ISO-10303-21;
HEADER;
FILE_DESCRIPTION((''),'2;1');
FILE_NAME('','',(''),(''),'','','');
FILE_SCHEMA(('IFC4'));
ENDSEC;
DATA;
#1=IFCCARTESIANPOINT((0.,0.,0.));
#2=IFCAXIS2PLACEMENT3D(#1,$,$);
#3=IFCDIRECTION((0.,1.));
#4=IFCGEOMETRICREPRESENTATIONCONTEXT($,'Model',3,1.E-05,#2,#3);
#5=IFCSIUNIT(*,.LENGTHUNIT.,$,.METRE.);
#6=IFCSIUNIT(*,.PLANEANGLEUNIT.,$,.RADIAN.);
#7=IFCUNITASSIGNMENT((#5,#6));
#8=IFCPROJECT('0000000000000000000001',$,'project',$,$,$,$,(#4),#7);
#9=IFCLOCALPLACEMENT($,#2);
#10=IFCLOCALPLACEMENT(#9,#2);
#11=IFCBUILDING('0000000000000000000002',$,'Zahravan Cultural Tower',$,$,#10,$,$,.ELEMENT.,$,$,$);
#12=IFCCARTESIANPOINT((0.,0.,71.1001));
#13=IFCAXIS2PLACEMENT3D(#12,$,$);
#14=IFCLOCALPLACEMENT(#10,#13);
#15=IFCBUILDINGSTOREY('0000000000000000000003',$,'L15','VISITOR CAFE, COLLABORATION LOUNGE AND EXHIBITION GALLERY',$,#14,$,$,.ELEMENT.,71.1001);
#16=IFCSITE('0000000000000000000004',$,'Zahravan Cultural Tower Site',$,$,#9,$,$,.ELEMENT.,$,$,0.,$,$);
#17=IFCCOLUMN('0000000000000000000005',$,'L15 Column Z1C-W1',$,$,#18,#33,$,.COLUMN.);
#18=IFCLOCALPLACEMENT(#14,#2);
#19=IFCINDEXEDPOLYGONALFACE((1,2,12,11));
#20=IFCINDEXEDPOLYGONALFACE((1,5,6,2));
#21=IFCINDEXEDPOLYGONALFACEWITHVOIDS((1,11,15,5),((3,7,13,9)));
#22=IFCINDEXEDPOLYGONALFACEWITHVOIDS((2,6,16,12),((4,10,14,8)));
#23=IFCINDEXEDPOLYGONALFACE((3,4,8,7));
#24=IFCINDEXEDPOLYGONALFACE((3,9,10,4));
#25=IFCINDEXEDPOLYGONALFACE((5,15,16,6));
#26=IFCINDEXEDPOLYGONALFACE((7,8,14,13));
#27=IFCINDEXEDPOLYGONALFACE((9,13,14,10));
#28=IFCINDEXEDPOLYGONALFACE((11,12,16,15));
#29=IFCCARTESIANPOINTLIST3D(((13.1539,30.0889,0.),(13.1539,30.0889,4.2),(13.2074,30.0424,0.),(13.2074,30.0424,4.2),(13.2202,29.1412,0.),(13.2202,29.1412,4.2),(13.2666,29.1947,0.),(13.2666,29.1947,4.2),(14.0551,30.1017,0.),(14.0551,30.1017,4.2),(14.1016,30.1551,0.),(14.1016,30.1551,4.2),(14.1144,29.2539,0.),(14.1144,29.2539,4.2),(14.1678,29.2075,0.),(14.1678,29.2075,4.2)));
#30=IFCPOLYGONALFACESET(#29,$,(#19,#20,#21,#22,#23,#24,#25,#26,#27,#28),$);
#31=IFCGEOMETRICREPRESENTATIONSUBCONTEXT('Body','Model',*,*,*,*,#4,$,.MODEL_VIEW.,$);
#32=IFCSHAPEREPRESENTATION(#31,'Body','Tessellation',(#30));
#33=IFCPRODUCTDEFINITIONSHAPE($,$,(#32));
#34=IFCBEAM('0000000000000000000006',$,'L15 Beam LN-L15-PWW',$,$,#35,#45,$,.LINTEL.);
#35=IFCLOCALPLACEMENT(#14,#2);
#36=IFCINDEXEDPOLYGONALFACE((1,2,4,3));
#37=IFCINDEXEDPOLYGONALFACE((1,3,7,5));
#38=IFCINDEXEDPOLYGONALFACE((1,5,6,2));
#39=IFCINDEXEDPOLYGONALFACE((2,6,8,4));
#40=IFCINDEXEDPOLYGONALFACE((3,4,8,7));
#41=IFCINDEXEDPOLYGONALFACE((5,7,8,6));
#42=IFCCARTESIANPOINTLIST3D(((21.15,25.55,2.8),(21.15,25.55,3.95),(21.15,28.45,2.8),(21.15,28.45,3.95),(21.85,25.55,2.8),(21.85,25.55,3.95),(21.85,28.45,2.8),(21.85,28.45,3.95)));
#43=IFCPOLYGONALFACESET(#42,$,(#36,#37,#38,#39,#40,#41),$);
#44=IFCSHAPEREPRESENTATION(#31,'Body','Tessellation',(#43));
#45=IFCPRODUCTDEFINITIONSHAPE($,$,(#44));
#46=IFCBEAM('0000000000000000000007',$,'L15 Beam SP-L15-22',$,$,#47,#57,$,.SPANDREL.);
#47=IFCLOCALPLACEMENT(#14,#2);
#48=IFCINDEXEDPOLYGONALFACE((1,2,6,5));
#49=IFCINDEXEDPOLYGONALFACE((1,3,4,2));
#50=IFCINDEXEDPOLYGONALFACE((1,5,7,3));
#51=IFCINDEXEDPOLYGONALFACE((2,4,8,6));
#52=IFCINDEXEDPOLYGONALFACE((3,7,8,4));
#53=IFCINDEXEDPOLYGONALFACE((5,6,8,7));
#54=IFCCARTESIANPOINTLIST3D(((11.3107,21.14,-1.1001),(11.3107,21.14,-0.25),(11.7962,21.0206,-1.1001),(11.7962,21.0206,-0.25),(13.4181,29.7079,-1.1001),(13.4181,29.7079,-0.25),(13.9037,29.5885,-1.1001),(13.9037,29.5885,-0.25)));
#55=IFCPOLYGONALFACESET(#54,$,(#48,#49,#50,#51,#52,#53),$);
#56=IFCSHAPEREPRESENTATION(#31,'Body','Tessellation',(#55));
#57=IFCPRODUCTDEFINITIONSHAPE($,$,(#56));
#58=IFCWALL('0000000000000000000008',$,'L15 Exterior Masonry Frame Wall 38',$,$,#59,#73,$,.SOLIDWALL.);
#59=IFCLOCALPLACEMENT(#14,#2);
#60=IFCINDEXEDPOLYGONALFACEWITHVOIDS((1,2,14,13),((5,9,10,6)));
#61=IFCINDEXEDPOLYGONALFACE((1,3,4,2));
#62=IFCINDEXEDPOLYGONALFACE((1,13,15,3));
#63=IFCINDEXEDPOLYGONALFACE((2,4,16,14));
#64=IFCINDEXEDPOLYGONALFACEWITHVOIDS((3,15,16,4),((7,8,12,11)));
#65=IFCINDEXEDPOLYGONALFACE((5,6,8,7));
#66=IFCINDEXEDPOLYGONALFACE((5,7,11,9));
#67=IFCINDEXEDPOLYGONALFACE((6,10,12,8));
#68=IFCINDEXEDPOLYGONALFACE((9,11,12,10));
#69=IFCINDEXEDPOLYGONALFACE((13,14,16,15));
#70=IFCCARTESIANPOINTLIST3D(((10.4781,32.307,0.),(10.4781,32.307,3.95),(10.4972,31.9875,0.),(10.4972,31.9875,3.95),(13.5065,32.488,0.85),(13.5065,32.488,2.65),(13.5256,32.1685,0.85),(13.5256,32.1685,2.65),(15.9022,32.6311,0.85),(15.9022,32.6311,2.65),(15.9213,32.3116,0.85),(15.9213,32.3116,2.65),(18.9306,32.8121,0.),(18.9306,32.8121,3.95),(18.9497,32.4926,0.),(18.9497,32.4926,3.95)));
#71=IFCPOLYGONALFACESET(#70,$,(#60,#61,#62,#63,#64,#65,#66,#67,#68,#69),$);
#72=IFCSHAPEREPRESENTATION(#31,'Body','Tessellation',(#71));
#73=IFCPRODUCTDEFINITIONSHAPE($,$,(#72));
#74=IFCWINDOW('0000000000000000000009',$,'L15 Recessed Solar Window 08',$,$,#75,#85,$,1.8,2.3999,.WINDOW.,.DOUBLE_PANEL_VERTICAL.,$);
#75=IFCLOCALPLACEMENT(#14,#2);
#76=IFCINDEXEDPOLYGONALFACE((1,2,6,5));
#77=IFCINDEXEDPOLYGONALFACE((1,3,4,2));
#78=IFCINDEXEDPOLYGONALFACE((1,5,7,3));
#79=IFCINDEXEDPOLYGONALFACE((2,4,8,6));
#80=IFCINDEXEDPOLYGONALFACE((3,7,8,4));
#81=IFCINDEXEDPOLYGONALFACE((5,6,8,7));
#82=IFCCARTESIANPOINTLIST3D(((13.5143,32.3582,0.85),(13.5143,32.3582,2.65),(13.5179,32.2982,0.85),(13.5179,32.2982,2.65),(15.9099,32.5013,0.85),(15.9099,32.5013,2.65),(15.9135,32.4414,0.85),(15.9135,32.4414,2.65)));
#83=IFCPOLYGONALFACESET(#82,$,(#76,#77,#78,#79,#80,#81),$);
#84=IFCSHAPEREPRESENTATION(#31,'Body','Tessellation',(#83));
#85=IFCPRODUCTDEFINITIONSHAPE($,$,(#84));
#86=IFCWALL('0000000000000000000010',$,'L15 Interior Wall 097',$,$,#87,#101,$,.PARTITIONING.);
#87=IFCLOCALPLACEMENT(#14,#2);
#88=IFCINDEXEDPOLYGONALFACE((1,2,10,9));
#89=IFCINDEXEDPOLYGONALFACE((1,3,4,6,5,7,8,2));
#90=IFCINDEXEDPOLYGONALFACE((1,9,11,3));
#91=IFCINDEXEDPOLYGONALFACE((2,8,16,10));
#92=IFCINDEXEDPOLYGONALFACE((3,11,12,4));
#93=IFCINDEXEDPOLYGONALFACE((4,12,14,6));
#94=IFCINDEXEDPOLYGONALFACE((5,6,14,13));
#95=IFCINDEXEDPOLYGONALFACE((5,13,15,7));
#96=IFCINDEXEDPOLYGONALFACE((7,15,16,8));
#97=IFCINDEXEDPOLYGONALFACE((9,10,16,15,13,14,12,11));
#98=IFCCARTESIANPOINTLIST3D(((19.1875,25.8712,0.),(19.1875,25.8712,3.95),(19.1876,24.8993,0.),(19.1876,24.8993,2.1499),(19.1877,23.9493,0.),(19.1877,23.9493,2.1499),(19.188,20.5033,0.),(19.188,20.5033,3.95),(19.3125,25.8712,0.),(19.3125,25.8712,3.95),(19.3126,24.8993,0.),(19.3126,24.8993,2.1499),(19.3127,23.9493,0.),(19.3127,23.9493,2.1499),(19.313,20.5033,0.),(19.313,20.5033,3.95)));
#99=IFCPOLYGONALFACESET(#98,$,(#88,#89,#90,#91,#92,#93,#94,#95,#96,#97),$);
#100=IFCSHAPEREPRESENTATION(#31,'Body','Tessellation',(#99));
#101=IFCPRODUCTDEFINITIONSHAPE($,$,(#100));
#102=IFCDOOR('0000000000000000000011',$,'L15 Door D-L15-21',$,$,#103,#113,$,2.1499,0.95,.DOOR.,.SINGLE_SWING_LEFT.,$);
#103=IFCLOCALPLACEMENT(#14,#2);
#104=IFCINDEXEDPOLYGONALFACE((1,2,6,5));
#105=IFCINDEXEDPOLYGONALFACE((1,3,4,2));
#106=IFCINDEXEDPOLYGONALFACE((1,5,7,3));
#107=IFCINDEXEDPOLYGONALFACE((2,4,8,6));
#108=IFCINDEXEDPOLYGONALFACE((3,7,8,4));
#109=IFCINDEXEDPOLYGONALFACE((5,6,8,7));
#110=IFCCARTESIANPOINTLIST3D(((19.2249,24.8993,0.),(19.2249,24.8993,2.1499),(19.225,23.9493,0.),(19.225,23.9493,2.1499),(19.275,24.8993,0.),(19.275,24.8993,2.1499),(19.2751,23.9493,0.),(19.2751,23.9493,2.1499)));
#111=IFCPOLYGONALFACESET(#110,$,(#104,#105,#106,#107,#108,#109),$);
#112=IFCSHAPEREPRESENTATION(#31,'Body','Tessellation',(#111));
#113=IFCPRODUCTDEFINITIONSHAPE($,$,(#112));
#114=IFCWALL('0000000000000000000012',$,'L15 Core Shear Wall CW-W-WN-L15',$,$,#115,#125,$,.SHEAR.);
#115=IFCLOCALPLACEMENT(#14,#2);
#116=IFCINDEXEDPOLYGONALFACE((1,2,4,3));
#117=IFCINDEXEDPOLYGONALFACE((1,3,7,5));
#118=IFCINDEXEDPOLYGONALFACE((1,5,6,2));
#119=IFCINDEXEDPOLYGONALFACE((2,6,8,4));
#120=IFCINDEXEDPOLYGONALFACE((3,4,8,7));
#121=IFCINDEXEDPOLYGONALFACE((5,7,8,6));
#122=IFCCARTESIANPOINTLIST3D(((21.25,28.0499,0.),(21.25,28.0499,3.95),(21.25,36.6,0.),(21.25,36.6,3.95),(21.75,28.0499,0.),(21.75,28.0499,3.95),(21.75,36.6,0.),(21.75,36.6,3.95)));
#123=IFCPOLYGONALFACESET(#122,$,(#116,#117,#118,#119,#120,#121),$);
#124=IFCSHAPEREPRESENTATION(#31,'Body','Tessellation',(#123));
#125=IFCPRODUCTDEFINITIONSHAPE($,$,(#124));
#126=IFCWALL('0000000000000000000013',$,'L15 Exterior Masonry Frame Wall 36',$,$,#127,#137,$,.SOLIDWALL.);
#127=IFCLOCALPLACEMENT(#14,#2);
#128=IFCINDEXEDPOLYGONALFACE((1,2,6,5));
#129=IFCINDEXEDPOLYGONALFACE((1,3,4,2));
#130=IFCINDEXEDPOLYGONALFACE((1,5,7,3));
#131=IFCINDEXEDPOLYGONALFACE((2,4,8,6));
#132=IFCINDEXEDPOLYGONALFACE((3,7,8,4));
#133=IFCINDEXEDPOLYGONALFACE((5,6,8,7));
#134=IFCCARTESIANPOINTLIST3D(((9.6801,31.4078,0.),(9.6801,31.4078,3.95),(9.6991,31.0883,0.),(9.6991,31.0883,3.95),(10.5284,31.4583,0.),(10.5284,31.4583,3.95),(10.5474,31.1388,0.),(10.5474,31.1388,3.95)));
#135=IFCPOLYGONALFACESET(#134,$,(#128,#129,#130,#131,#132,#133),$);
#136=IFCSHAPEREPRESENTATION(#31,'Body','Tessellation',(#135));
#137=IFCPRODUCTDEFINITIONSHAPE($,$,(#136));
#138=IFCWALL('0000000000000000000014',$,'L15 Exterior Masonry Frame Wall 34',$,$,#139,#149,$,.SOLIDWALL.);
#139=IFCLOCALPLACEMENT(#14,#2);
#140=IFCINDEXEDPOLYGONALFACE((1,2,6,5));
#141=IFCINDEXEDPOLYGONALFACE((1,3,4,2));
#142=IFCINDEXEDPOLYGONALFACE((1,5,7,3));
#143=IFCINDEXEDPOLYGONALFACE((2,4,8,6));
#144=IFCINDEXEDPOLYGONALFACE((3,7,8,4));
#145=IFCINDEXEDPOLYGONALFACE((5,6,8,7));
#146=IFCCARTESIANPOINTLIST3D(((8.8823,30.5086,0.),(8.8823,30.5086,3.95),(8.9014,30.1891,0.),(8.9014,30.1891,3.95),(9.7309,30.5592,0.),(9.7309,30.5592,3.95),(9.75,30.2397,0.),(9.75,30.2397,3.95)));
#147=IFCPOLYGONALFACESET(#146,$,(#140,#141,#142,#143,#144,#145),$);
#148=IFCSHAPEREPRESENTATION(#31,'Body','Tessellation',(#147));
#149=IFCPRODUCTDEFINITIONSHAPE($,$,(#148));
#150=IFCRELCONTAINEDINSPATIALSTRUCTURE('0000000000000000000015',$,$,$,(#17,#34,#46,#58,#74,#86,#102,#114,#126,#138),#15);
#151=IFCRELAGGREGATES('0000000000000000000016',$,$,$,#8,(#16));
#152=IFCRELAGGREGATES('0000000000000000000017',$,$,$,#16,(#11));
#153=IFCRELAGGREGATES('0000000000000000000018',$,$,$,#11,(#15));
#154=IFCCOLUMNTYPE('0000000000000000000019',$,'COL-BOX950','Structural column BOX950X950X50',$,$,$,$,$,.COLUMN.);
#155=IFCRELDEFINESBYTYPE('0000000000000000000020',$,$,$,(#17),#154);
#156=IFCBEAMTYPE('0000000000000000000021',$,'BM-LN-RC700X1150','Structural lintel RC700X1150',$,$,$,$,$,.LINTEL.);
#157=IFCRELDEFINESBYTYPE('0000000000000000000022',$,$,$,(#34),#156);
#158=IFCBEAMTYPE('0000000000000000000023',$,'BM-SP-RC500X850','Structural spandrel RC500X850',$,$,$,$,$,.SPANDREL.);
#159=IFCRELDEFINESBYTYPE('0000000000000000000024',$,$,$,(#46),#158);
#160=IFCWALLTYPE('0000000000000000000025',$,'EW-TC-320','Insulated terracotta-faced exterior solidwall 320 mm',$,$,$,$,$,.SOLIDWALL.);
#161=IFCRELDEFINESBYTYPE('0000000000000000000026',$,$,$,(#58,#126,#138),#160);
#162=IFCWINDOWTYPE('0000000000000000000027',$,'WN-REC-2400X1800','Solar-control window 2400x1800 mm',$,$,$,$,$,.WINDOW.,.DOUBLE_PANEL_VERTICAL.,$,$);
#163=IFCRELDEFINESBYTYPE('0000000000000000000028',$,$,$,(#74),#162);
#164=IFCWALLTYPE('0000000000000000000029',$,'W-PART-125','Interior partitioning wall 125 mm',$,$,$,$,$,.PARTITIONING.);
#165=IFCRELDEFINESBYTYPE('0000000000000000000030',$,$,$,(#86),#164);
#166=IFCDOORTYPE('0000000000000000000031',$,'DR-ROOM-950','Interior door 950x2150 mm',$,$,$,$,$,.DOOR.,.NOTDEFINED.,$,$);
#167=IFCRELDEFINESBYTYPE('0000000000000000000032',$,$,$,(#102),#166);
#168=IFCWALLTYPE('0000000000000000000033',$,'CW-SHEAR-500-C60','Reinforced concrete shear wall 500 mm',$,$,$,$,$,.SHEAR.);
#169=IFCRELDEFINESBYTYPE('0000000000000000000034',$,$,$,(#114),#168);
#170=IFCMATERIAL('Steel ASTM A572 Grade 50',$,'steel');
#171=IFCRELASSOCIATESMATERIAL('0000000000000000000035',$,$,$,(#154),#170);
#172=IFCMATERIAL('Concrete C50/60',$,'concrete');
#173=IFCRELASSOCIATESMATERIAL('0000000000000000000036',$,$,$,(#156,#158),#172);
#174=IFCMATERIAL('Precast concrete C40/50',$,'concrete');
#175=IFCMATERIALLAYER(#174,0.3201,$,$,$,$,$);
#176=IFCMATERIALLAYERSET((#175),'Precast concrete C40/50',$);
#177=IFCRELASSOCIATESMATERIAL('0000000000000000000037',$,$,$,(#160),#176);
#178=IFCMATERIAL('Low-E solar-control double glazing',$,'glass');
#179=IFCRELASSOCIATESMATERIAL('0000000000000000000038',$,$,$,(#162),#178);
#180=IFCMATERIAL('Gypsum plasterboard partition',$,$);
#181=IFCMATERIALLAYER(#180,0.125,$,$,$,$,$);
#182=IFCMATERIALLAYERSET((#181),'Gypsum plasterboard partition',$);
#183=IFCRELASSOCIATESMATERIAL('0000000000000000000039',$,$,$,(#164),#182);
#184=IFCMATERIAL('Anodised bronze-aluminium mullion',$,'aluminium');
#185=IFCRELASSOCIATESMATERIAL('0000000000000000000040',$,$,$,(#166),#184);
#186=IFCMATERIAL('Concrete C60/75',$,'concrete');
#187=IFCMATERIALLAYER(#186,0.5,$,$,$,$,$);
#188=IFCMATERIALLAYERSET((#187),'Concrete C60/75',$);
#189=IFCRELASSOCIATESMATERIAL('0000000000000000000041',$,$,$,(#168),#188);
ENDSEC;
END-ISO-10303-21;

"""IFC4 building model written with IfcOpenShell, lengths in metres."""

from ifc_helpers import new_model, si_unit, direction, frame, frame_2d, origin, origin_2d, place, context, subcontext, project, spatial, rectangle, hollow_rectangle, extrude, source, transform, mapped, material, layer, layer_set, material_profile, profile_set, type_object, element, fill, save


model = new_model("IFC4")

# Units and contexts
model_context = context("Model", 3, precision=1e-05, world=origin(), true_north=direction((0.0, 1.0)))
body_context = subcontext(model_context, "Body", "Model", "MODEL_VIEW")
ifc_project = project(units=[si_unit("LENGTHUNIT", "METRE"), si_unit("PLANEANGLEUNIT", "RADIAN")], contexts=[model_context])

# Site, building, storey
site_placement = place(None, origin())
site = spatial("IfcSite", under=ifc_project, at=site_placement, Name="Zahravan Cultural Tower Site", CompositionType="ELEMENT", RefElevation=0.0)
building_placement = place(site_placement, origin())
building = spatial("IfcBuilding", under=site, at=building_placement, Name="Zahravan Cultural Tower", CompositionType="ELEMENT")
storey_placement = place(building_placement, frame((0.0, 0.0, 71.1001)))
storey = spatial("IfcBuildingStorey", under=building, at=storey_placement, Name="L15", Description="VISITOR CAFE, COLLABORATION LOUNGE AND EXHIBITION GALLERY", CompositionType="ELEMENT", Elevation=71.1001)

# Column
ifc_material_1 = material(Name="Steel ASTM A572 Grade 50", Category="steel")
ifc_material_profile_1 = material_profile(ifc_material_1, hollow_rectangle(XDim=0.95, YDim=0.95, WallThickness=0.05, at=origin_2d()), Name="BOX950X950X50")
ifc_profile_set_1 = profile_set([ifc_material_profile_1], Name="Steel ASTM A572 Grade 50")
column_type = type_object("IfcColumnType", Name="COL-BOX950", Description="Structural column BOX950X950X50", PredefinedType="COLUMN", material=ifc_profile_set_1)
shared_shape_1 = source(origin(), body_context, "Body", "SweptSolid", [
    extrude(hollow_rectangle(XDim=0.95, YDim=0.95, WallThickness=0.05, at=origin_2d()), origin(), (0.0, 0.0, 1.0), 4.2),
])
column_placement = place(storey_placement, frame((13.6609, 29.6482, 0.0), z_axis=(0.0, 0.0, 1.0), x_axis=(0.997564, 0.069756, 0.0)))
element("IfcColumn", 1, at=column_placement, inside=storey, type_object=column_type, Name="L15 Column Z1C-W1", PredefinedType="COLUMN", context=body_context, shape_type="MappedRepresentation", body=[
    mapped(shared_shape_1, transform((0.0, 0.0, 0.0), x_axis=(1.0, 0.0, 0.0), y_axis=(0.0, 1.0, 0.0), z_axis=(0.0, 0.0, 1.0), scale=1.0)),
])

# Beams
ifc_material_2 = material(Name="Concrete C50/60", Category="concrete")
ifc_material_profile_2 = material_profile(ifc_material_2, rectangle(XDim=0.7, YDim=1.1499, at=origin_2d()), Name="RC700X1150")
ifc_profile_set_2 = profile_set([ifc_material_profile_2], Name="Concrete C50/60")
beam_type_1 = type_object("IfcBeamType", Name="BM-LN-RC700X1150", Description="Structural lintel RC700X1150", PredefinedType="LINTEL", material=ifc_profile_set_2)
shared_shape_2 = source(origin(), body_context, "Body", "SweptSolid", [
    extrude(rectangle(XDim=0.7, YDim=1.1499, at=origin_2d()), origin(), (0.0, 0.0, 1.0), 2.8999),
])
beam_1_placement = place(storey_placement, frame((21.5, 25.55, 3.375), z_axis=(0.0, 1.0, 0.0), x_axis=(-1.0, 0.0, 0.0)))
element("IfcBeam", 2, at=beam_1_placement, inside=storey, type_object=beam_type_1, Name="L15 Beam LN-L15-PWW", PredefinedType="LINTEL", context=body_context, shape_type="MappedRepresentation", body=[
    mapped(shared_shape_2, transform((0.0, 0.0, 0.0), x_axis=(1.0, 0.0, 0.0), y_axis=(0.0, 1.0, 0.0), z_axis=(0.0, 0.0, 1.0), scale=1.0)),
])
ifc_material_profile_3 = material_profile(ifc_material_2, rectangle(XDim=0.5, YDim=0.8501, at=origin_2d()), Name="RC500X850")
ifc_profile_set_3 = profile_set([ifc_material_profile_3], Name="Concrete C50/60")
beam_type_2 = type_object("IfcBeamType", Name="BM-SP-RC500X850", Description="Structural spandrel RC500X850", PredefinedType="SPANDREL", material=ifc_profile_set_3)
shared_shape_3 = source(origin(), body_context, "Body", "SweptSolid", [
    extrude(rectangle(XDim=0.5, YDim=0.8501, at=origin_2d()), origin(), (0.0, 0.0, 1.0), 8.8232),
])
beam_2_placement = place(storey_placement, frame((13.6609, 29.6482, -0.675), z_axis=(-0.238849, -0.971057, 0.0), x_axis=(0.971057, -0.238849, 0.0)))
element("IfcBeam", 3, at=beam_2_placement, inside=storey, type_object=beam_type_2, Name="L15 Beam SP-L15-22", PredefinedType="SPANDREL", context=body_context, shape_type="MappedRepresentation", body=[
    mapped(shared_shape_3, transform((0.0, 0.0, 0.0), x_axis=(1.0, 0.0, 0.0), y_axis=(0.0, 1.0, 0.0), z_axis=(0.0, 0.0, 1.0), scale=1.0)),
])

# Wall, opening, window
ifc_material_3 = material(Name="Precast concrete C40/50", Category="concrete")
ifc_layer_1 = layer(ifc_material_3, 0.3201)
ifc_layer_set_1 = layer_set([ifc_layer_1], Name="Precast concrete C40/50")
wall_type_1 = type_object("IfcWallType", Name="EW-TC-320", Description="Insulated terracotta-faced exterior solidwall 320 mm", PredefinedType="SOLIDWALL", material=ifc_layer_set_1)
wall_1_placement = place(storey_placement, frame((10.4875, 32.1472, 0.0), z_axis=(0.0, 0.0, 1.0), x_axis=(0.998219, 0.059655, 0.0)))
wall_1 = element("IfcWall", 4, at=wall_1_placement, inside=storey, type_object=wall_type_1, Name="L15 Exterior Masonry Frame Wall 38", PredefinedType="SOLIDWALL", context=body_context, shape_type="SweptSolid", body=[
    extrude(rectangle(XDim=8.4675, YDim=0.3201, at=frame_2d((4.2339, 0.0))), origin(), (0.0, 0.0, 1.0), 3.95),
])
opening_1_placement = place(wall_1_placement, frame((3.0339, 0.0, 0.8501)))
opening_1 = element("IfcOpeningElement", 5, at=opening_1_placement, cuts=wall_1, PredefinedType="OPENING", context=body_context, shape_type="SweptSolid", body=[
    extrude(rectangle(XDim=2.3999, YDim=1.8, at=frame_2d((1.2, 0.8999))), frame((0.0, 0.1699, 0.0), z_axis=(0.0, -1.0, 0.0), x_axis=(1.0, 0.0, 0.0)), (0.0, 0.0, 1.0), 0.3401),
])
ifc_material_4 = material(Name="Low-E solar-control double glazing", Category="glass")
window_type = type_object("IfcWindowType", Name="WN-REC-2400X1800", Description="Solar-control window 2400x1800 mm", PartitioningType="DOUBLE_PANEL_VERTICAL", PredefinedType="WINDOW", material=ifc_material_4)
shared_shape_4 = source(origin(), body_context, "Body", "SweptSolid", [
    extrude(rectangle(XDim=2.3999, YDim=1.8, at=frame_2d((1.2, 0.8999))), frame((0.0, 0.03, 0.0), z_axis=(0.0, -1.0, 0.0), x_axis=(1.0, 0.0, 0.0)), (0.0, 0.0, 1.0), 0.0601),
])
window_placement = place(opening_1_placement, origin())
window = element("IfcWindow", 6, at=window_placement, inside=storey, type_object=window_type, Name="L15 Recessed Solar Window 08", OverallHeight=1.8, OverallWidth=2.3999, PartitioningType="DOUBLE_PANEL_VERTICAL", PredefinedType="WINDOW", context=body_context, shape_type="MappedRepresentation", body=[
    mapped(shared_shape_4, transform((0.0, 0.0, 0.0), x_axis=(1.0, 0.0, 0.0), y_axis=(0.0, 1.0, 0.0), z_axis=(0.0, 0.0, 1.0), scale=1.0)),
])
fill(opening_1, window)

# Wall, opening, door
ifc_material_5 = material(Name="Gypsum plasterboard partition")
ifc_layer_2 = layer(ifc_material_5, 0.125)
ifc_layer_set_2 = layer_set([ifc_layer_2], Name="Gypsum plasterboard partition")
wall_type_2 = type_object("IfcWallType", Name="W-PART-125", Description="Interior partitioning wall 125 mm", PredefinedType="PARTITIONING", material=ifc_layer_set_2)
wall_2_placement = place(storey_placement, frame((19.25, 25.8713, 0.0), z_axis=(0.0, 0.0, 1.0), x_axis=(0.000091, -1.0, 0.0)))
wall_2 = element("IfcWall", 7, at=wall_2_placement, inside=storey, type_object=wall_type_2, Name="L15 Interior Wall 097", PredefinedType="PARTITIONING", context=body_context, shape_type="SweptSolid", body=[
    extrude(rectangle(XDim=5.3679, YDim=0.125, at=frame_2d((2.6841, 0.0))), origin(), (0.0, 0.0, 1.0), 3.95),
])
opening_2_placement = place(wall_2_placement, frame((0.9719, 0.0, 0.0)))
opening_2 = element("IfcOpeningElement", 8, at=opening_2_placement, cuts=wall_2, PredefinedType="OPENING", context=body_context, shape_type="SweptSolid", body=[
    extrude(rectangle(XDim=0.95, YDim=2.1499, at=frame_2d((0.4751, 1.075))), frame((0.0, 0.0725, 0.0), z_axis=(0.0, -1.0, 0.0), x_axis=(1.0, 0.0, 0.0)), (0.0, 0.0, 1.0), 0.145),
])
ifc_material_6 = material(Name="Anodised bronze-aluminium mullion", Category="aluminium")
door_type = type_object("IfcDoorType", Name="DR-ROOM-950", Description="Interior door 950x2150 mm", OperationType="NOTDEFINED", PredefinedType="DOOR", material=ifc_material_6)
shared_shape_5 = source(origin(), body_context, "Body", "SweptSolid", [
    extrude(rectangle(XDim=0.95, YDim=2.1499, at=frame_2d((0.4751, 1.075))), frame((0.0, 0.0249, 0.0), z_axis=(0.0, -1.0, 0.0), x_axis=(1.0, 0.0, 0.0)), (0.0, 0.0, 1.0), 0.05),
])
door_placement = place(opening_2_placement, origin())
door = element("IfcDoor", 9, at=door_placement, inside=storey, type_object=door_type, Name="L15 Door D-L15-21", OperationType="SINGLE_SWING_LEFT", OverallHeight=2.1499, OverallWidth=0.95, PredefinedType="DOOR", context=body_context, shape_type="MappedRepresentation", body=[
    mapped(shared_shape_5, transform((0.0, 0.0, 0.0), x_axis=(1.0, 0.0, 0.0), y_axis=(0.0, 1.0, 0.0), z_axis=(0.0, 0.0, 1.0), scale=1.0)),
])
fill(opening_2, door)

# Walls
ifc_material_7 = material(Name="Concrete C60/75", Category="concrete")
ifc_layer_3 = layer(ifc_material_7, 0.5)
ifc_layer_set_3 = layer_set([ifc_layer_3], Name="Concrete C60/75")
wall_type_3 = type_object("IfcWallType", Name="CW-SHEAR-500-C60", Description="Reinforced concrete shear wall 500 mm", PredefinedType="SHEAR", material=ifc_layer_set_3)
shared_shape_6 = source(origin(), body_context, "Body", "SweptSolid", [
    extrude(rectangle(XDim=8.55, YDim=0.5, at=frame_2d((4.2749, 0.0))), origin(), (0.0, 0.0, 1.0), 3.95),
])
wall_3_placement = place(storey_placement, frame((21.5, 28.05, 0.0), z_axis=(0.0, 0.0, 1.0), x_axis=(0.0, 1.0, 0.0)))
element("IfcWall", 10, at=wall_3_placement, inside=storey, type_object=wall_type_3, Name="L15 Core Shear Wall CW-W-WN-L15", PredefinedType="SHEAR", context=body_context, shape_type="MappedRepresentation", body=[
    mapped(shared_shape_6, transform((0.0, 0.0, 0.0), x_axis=(1.0, 0.0, 0.0), y_axis=(0.0, 1.0, 0.0), z_axis=(0.0, 0.0, 1.0), scale=1.0)),
])
shared_shape_7 = source(origin(), body_context, "Body", "SweptSolid", [
    extrude(rectangle(XDim=0.8499, YDim=0.3201, at=frame_2d((0.4248, 0.0))), origin(), (0.0, 0.0, 1.0), 3.95),
])
wall_4_placement = place(storey_placement, frame((9.6897, 31.248, 0.0), z_axis=(0.0, 0.0, 1.0), x_axis=(0.998231, 0.059463, 0.0)))
element("IfcWall", 11, at=wall_4_placement, inside=storey, type_object=wall_type_1, Name="L15 Exterior Masonry Frame Wall 36", PredefinedType="SOLIDWALL", context=body_context, shape_type="MappedRepresentation", body=[
    mapped(shared_shape_7, transform((0.0, 0.0, 0.0), x_axis=(1.0, 0.0, 0.0), y_axis=(0.0, 1.0, 0.0), z_axis=(0.0, 0.0, 1.0), scale=1.0)),
])
shared_shape_8 = source(origin(), body_context, "Body", "SweptSolid", [
    extrude(rectangle(XDim=0.8501, YDim=0.3201, at=frame_2d((0.425, 0.0))), origin(), (0.0, 0.0, 1.0), 3.95),
])
for number, where, z_axis, x_axis, name in (
    (12, (8.8918, 30.3489, 0.0), (0.0, 0.0, 1.0), (0.998232, 0.059446, 0.0), "L15 Exterior Masonry Frame Wall 34"),
):
    element("IfcWall", number, at=place(storey_placement, frame(where, z_axis=z_axis, x_axis=x_axis)), inside=storey, type_object=wall_type_1, Name=name, PredefinedType="SOLIDWALL", context=body_context, shape_type="MappedRepresentation", body=[
        mapped(shared_shape_8, transform((0.0, 0.0, 0.0), x_axis=(1.0, 0.0, 0.0), y_axis=(0.0, 1.0, 0.0), z_axis=(0.0, 0.0, 1.0), scale=1.0)),
    ])

save(model, "model.ifc")
